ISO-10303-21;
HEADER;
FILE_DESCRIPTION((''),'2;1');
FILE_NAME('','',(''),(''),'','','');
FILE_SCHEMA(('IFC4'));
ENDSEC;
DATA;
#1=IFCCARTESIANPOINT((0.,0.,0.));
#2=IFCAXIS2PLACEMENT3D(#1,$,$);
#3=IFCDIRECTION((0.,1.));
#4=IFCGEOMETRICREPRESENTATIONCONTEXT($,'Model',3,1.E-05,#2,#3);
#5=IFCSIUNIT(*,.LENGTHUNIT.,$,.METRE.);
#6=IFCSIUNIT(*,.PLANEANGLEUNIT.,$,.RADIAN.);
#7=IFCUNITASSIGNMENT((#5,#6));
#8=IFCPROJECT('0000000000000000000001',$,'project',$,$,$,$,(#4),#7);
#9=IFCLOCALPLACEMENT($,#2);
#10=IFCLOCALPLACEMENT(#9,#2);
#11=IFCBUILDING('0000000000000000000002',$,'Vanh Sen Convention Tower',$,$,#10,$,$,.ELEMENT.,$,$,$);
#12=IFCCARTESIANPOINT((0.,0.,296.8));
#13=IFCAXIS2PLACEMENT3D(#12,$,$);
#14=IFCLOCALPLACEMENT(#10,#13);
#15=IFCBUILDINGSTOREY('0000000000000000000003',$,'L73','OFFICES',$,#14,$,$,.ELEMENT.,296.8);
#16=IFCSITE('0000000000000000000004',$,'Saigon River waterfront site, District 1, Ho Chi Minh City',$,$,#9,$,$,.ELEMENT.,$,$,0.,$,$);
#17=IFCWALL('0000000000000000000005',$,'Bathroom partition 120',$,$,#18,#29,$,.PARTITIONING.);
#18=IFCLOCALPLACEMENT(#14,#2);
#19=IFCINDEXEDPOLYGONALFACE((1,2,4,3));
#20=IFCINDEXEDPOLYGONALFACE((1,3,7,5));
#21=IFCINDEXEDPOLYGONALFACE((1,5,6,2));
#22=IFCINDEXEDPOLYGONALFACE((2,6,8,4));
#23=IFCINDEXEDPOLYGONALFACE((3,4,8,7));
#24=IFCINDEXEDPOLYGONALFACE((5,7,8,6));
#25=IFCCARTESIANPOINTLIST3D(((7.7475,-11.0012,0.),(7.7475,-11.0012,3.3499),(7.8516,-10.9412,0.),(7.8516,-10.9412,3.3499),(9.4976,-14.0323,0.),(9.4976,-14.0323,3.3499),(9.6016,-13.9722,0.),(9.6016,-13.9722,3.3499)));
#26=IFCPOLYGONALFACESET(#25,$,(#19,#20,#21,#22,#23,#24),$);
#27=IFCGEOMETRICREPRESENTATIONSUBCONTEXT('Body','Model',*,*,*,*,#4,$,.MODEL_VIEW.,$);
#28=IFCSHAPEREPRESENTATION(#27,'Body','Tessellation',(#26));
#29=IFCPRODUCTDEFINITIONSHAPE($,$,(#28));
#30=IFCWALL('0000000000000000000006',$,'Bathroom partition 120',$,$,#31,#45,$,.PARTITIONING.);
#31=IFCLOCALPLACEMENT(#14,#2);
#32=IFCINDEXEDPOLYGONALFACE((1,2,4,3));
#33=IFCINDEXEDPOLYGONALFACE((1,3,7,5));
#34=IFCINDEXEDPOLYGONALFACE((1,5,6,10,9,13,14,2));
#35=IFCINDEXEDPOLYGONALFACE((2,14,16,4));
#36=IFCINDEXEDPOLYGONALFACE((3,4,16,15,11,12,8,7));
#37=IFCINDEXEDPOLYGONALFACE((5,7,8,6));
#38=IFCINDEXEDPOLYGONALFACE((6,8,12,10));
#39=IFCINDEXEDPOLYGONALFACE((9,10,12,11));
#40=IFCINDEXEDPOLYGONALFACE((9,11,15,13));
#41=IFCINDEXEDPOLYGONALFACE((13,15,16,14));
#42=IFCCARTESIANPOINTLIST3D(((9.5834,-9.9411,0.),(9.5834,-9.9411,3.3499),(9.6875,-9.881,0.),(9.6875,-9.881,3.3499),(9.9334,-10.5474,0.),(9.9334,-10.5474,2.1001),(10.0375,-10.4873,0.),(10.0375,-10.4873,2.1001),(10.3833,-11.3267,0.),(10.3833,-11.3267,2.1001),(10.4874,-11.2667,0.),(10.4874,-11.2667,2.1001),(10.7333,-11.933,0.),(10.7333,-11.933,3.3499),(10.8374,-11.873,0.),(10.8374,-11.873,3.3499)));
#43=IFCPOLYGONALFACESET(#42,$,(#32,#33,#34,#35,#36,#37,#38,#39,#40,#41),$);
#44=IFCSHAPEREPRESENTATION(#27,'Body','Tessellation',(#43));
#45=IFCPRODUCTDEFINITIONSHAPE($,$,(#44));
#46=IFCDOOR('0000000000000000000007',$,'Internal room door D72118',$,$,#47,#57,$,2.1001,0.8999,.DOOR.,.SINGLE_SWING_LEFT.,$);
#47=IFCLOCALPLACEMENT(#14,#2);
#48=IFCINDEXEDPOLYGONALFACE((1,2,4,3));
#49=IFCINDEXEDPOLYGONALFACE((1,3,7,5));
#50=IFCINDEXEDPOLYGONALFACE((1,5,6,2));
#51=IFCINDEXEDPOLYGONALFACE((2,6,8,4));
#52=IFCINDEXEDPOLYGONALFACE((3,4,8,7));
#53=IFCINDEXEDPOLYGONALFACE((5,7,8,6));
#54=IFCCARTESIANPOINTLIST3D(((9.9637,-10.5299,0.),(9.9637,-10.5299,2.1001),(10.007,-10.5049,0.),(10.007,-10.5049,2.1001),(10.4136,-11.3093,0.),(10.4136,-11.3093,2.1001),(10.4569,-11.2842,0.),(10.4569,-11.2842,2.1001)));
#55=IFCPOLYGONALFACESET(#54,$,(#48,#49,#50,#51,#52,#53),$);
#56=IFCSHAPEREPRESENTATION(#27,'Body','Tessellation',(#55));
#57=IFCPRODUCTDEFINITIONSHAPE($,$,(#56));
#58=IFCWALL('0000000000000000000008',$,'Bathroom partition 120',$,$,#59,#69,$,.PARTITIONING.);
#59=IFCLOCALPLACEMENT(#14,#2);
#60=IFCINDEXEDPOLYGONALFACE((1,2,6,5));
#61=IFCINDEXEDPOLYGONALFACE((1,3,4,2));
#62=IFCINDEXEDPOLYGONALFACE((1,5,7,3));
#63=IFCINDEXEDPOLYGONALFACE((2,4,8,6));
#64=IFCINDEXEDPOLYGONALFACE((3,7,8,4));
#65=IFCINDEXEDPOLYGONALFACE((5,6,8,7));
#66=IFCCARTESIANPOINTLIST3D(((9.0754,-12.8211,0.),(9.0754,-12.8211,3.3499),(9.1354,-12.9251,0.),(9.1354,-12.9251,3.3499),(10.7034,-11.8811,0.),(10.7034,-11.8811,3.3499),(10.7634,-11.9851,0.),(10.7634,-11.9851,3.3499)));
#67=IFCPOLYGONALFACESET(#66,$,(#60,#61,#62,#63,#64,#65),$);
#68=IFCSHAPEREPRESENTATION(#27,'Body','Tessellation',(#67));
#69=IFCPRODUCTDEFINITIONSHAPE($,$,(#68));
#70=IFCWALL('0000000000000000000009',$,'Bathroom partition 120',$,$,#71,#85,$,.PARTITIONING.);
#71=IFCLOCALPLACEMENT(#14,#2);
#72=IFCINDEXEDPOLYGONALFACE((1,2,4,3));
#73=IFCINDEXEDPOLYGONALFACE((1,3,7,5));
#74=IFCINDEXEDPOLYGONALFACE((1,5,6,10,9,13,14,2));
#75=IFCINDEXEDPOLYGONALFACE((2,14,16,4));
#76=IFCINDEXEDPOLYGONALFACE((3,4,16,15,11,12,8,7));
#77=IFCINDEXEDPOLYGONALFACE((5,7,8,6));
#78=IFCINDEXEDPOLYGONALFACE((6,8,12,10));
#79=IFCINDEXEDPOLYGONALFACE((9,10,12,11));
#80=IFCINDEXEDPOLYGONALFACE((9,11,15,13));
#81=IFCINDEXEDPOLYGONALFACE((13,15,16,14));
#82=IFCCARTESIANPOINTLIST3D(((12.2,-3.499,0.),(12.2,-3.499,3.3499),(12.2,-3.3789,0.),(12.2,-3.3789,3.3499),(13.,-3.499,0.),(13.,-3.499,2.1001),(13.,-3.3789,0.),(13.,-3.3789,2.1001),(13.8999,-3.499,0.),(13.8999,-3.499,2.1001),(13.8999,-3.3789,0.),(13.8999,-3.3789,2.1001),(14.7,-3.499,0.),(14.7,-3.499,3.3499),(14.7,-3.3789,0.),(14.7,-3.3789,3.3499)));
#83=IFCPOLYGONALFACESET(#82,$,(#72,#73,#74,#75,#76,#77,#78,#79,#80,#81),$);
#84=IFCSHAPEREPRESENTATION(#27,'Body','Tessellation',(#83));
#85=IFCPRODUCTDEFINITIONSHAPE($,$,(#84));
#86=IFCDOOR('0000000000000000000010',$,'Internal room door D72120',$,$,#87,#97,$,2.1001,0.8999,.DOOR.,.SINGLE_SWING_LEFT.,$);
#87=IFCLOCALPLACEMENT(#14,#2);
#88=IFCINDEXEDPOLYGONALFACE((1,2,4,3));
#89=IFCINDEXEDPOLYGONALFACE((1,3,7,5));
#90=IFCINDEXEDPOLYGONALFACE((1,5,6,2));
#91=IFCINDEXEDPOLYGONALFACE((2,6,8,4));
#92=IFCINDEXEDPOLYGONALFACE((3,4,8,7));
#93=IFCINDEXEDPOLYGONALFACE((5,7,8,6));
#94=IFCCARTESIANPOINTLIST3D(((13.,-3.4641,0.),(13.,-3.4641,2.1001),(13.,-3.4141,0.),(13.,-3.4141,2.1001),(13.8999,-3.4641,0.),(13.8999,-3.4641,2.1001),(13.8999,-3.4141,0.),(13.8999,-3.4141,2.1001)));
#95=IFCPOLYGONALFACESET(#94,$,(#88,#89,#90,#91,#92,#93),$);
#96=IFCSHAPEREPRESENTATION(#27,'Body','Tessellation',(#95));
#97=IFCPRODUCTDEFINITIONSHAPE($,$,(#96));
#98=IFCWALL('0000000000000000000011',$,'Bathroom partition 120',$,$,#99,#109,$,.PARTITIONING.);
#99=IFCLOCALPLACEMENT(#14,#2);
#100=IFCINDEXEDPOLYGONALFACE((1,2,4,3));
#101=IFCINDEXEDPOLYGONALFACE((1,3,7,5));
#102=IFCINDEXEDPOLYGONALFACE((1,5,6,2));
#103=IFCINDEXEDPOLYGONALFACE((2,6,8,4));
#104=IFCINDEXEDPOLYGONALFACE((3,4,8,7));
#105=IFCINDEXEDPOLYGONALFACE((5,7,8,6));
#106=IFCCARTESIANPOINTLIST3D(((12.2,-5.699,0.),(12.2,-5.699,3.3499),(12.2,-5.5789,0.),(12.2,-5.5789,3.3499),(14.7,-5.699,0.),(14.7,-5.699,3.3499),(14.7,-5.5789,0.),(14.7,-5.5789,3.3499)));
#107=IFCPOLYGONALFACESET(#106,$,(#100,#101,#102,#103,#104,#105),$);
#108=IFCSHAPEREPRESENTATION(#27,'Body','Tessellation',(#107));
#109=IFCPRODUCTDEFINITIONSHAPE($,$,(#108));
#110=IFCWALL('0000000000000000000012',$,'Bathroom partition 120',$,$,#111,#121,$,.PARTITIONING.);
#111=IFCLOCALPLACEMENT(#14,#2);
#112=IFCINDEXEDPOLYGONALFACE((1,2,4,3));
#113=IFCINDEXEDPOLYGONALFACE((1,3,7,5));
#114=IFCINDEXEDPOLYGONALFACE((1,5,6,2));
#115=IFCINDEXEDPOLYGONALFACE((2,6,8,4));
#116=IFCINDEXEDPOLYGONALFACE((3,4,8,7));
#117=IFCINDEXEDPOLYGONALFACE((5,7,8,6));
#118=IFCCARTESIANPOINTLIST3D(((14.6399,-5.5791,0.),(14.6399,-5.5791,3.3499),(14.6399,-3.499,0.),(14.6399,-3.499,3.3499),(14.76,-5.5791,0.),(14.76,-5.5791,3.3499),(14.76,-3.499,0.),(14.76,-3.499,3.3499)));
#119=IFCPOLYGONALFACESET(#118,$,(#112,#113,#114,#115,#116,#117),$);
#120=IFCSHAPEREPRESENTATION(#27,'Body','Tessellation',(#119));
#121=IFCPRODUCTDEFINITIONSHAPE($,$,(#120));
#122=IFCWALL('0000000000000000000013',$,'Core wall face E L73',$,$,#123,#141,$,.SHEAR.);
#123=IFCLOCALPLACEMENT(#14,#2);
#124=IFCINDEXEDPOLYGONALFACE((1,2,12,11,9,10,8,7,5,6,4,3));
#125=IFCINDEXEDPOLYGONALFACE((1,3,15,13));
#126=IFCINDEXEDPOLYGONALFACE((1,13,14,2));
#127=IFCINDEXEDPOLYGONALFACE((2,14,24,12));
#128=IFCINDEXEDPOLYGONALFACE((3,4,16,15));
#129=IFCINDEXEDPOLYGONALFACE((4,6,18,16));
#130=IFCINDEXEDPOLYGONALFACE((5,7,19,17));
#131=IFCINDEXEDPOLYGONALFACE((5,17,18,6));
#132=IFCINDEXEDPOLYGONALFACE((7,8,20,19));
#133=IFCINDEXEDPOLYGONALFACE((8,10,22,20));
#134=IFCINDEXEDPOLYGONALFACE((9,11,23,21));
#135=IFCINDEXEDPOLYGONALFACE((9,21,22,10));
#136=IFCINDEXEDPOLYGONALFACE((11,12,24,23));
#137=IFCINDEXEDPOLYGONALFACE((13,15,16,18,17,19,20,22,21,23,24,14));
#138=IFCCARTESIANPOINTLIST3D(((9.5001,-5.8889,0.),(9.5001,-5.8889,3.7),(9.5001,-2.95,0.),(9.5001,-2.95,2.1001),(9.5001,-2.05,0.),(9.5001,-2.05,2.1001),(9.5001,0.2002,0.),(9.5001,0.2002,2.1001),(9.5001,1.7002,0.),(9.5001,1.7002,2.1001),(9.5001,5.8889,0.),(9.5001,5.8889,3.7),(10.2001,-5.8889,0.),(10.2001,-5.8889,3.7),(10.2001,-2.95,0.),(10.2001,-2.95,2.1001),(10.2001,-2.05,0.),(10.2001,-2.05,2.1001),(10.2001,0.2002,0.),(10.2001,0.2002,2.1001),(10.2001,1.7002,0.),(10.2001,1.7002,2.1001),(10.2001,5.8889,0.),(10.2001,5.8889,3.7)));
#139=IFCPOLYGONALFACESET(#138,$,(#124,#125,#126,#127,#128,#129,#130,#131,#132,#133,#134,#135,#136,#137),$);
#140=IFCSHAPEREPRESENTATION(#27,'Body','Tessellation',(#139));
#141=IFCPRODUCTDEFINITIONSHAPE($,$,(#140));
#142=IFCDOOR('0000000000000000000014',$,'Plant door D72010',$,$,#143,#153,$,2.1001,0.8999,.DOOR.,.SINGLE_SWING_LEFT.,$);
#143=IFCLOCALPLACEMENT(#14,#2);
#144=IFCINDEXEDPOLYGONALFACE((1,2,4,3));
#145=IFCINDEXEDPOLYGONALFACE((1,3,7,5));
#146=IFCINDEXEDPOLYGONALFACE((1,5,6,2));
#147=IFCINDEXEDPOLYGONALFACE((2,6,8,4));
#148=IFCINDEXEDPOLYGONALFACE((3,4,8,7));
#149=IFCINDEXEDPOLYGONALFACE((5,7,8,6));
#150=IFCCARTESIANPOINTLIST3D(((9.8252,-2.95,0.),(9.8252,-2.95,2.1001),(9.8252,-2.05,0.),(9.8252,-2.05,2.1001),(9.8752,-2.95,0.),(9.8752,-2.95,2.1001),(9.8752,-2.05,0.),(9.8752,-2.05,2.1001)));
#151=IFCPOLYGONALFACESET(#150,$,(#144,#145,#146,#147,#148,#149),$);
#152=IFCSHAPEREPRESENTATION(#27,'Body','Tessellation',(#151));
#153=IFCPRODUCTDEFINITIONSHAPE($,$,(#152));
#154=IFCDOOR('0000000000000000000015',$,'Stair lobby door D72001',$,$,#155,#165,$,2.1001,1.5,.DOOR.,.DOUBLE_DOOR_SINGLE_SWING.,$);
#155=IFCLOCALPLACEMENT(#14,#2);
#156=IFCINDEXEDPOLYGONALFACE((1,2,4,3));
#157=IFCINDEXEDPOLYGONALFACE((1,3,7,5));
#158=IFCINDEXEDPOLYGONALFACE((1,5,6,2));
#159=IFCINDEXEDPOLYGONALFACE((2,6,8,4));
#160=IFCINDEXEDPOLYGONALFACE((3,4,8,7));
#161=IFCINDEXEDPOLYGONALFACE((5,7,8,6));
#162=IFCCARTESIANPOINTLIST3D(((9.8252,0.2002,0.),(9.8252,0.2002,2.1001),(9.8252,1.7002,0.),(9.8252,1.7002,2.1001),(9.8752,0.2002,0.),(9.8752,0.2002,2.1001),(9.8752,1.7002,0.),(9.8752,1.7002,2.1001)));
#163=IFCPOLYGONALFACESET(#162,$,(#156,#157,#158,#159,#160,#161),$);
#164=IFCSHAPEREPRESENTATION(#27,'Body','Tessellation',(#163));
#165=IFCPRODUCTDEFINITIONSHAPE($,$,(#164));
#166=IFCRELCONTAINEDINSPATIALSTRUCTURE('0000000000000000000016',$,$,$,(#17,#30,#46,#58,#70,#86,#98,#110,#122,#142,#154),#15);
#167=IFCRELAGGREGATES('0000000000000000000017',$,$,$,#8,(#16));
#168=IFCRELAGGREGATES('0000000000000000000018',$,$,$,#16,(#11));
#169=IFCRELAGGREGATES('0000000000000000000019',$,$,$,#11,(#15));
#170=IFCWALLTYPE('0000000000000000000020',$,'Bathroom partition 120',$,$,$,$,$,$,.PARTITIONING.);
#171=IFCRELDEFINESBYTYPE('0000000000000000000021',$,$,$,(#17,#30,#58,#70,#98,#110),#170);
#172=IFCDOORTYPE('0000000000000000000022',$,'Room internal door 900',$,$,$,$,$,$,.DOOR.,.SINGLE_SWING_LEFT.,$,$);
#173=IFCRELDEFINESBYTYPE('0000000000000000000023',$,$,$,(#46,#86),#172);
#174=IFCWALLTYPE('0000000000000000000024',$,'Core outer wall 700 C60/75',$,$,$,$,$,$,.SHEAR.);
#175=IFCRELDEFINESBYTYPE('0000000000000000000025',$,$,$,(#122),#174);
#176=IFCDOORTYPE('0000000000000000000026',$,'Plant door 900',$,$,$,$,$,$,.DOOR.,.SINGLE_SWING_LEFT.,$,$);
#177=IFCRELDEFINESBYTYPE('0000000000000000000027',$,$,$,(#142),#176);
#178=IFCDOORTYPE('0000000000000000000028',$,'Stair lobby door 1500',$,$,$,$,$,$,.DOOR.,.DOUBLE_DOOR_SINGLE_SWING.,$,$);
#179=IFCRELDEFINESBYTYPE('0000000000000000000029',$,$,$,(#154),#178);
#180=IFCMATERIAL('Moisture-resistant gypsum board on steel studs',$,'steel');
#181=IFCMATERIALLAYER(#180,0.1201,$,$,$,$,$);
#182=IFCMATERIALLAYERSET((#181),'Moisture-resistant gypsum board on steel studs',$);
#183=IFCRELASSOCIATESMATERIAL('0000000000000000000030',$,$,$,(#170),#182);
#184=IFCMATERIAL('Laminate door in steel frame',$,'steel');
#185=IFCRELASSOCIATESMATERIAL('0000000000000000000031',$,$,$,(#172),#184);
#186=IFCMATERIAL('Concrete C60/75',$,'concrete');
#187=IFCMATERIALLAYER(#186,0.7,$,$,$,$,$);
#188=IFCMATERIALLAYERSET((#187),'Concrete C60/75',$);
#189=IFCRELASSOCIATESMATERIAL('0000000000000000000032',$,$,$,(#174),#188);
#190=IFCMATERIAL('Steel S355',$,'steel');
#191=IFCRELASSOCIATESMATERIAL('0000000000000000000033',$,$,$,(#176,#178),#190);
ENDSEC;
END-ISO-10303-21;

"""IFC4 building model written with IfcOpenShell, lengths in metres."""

from ifc_helpers import new_model, si_unit, direction, frame, frame_2d, origin, place, context, subcontext, project, spatial, rectangle, extrude, material, layer, layer_set, type_object, element, fill, save


model = new_model("IFC4")

# Units and contexts
model_context = context("Model", 3, precision=1e-05, world=origin(), true_north=direction((0.0, 1.0)))
body_context = subcontext(model_context, "Body", "Model", "MODEL_VIEW")
ifc_project = project(units=[si_unit("LENGTHUNIT", "METRE"), si_unit("PLANEANGLEUNIT", "RADIAN")], contexts=[model_context])

# Site, building, storey
site_placement = place(None, origin())
site = spatial("IfcSite", under=ifc_project, at=site_placement, Name="Saigon River waterfront site, District 1, Ho Chi Minh City", CompositionType="ELEMENT", RefElevation=0.0)
building_placement = place(site_placement, origin())
building = spatial("IfcBuilding", under=site, at=building_placement, Name="Vanh Sen Convention Tower", CompositionType="ELEMENT")
storey_placement = place(building_placement, frame((0.0, 0.0, 296.8)))
storey = spatial("IfcBuildingStorey", under=building, at=storey_placement, Name="L73", Description="OFFICES", CompositionType="ELEMENT", Elevation=296.8)

# Wall
ifc_material_1 = material(Name="Moisture-resistant gypsum board on steel studs", Category="steel")
ifc_layer_1 = layer(ifc_material_1, 0.1201)
ifc_layer_set_1 = layer_set([ifc_layer_1], Name="Moisture-resistant gypsum board on steel studs")
wall_type_1 = type_object("IfcWallType", Name="Bathroom partition 120", PredefinedType="PARTITIONING", material=ifc_layer_set_1)
wall_1_placement = place(storey_placement, frame((7.7996, -10.9712, 0.0), z_axis=(0.0, 0.0, 1.0), x_axis=(0.50001, -0.866019, 0.0)))
element("IfcWall", 1, at=wall_1_placement, inside=storey, type_object=wall_type_1, Name="Bathroom partition 120", PredefinedType="PARTITIONING", context=body_context, shape_type="SweptSolid", body=[
    extrude(rectangle(XDim=3.5, YDim=0.1201, at=frame_2d((1.75, 0.0))), origin(), (0.0, 0.0, 1.0), 3.3499),
])

# Wall, opening, door
wall_2_placement = place(storey_placement, frame((9.6355, -9.9111, 0.0), z_axis=(0.0, 0.0, 1.0), x_axis=(0.499952, -0.866053, 0.0)))
wall_2 = element("IfcWall", 2, at=wall_2_placement, inside=storey, type_object=wall_type_1, Name="Bathroom partition 120", PredefinedType="PARTITIONING", context=body_context, shape_type="SweptSolid", body=[
    extrude(rectangle(XDim=2.3, YDim=0.1201, at=frame_2d((1.1499, 0.0))), origin(), (0.0, 0.0, 1.0), 3.3499),
])
opening_1_placement = place(wall_2_placement, frame((0.7, 0.0, 0.0)))
opening_1 = element("IfcOpeningElement", 3, at=opening_1_placement, cuts=wall_2, PredefinedType="OPENING", context=body_context, shape_type="SweptSolid", body=[
    extrude(rectangle(XDim=0.8999, YDim=2.1001, at=frame_2d((0.45, 1.05))), frame((0.0, 0.0701, 0.0), z_axis=(0.0, -1.0, 0.0), x_axis=(1.0, 0.0, 0.0)), (0.0, 0.0, 1.0), 0.1401),
])
ifc_material_2 = material(Name="Laminate door in steel frame", Category="steel")
door_type_1 = type_object("IfcDoorType", Name="Room internal door 900", OperationType="SINGLE_SWING_LEFT", PredefinedType="DOOR", material=ifc_material_2)
door_1_placement = place(opening_1_placement, origin())
door_1 = element("IfcDoor", 4, at=door_1_placement, inside=storey, type_object=door_type_1, Name="Internal room door D72118", OperationType="SINGLE_SWING_LEFT", OverallHeight=2.1001, OverallWidth=0.8999, PredefinedType="DOOR", context=body_context, shape_type="SweptSolid", body=[
    extrude(rectangle(XDim=0.8999, YDim=2.1001, at=frame_2d((0.45, 1.05))), frame((0.0, 0.0249, 0.0), z_axis=(0.0, -1.0, 0.0), x_axis=(1.0, 0.0, 0.0)), (0.0, 0.0, 1.0), 0.05),
])
fill(opening_1, door_1)

# Wall
wall_3_placement = place(storey_placement, frame((10.7334, -11.9331, 0.0), z_axis=(0.0, 0.0, 1.0), x_axis=(-0.866013, -0.500022, 0.0)))
element("IfcWall", 5, at=wall_3_placement, inside=storey, type_object=wall_type_1, Name="Bathroom partition 120", PredefinedType="PARTITIONING", context=body_context, shape_type="SweptSolid", body=[
    extrude(rectangle(XDim=1.8799, YDim=0.1201, at=frame_2d((0.9399, 0.0))), origin(), (0.0, 0.0, 1.0), 3.3499),
])

# Wall, opening, door
wall_4_placement = place(storey_placement, frame((12.2, -3.439, 0.0), z_axis=(0.0, 0.0, 1.0), x_axis=(1.0, 0.0, 0.0)))
wall_4 = element("IfcWall", 6, at=wall_4_placement, inside=storey, type_object=wall_type_1, Name="Bathroom partition 120", PredefinedType="PARTITIONING", context=body_context, shape_type="SweptSolid", body=[
    extrude(rectangle(XDim=2.5, YDim=0.1201, at=frame_2d((1.25, 0.0))), origin(), (0.0, 0.0, 1.0), 3.3499),
])
opening_2_placement = place(wall_4_placement, frame((0.8, 0.0, 0.0)))
opening_2 = element("IfcOpeningElement", 7, at=opening_2_placement, cuts=wall_4, PredefinedType="OPENING", context=body_context, shape_type="SweptSolid", body=[
    extrude(rectangle(XDim=0.8999, YDim=2.1001, at=frame_2d((0.45, 1.05))), frame((0.0, 0.0701, 0.0), z_axis=(0.0, -1.0, 0.0), x_axis=(1.0, 0.0, 0.0)), (0.0, 0.0, 1.0), 0.1401),
])
door_2_placement = place(opening_2_placement, origin())
door_2 = element("IfcDoor", 8, at=door_2_placement, inside=storey, type_object=door_type_1, Name="Internal room door D72120", OperationType="SINGLE_SWING_LEFT", OverallHeight=2.1001, OverallWidth=0.8999, PredefinedType="DOOR", context=body_context, shape_type="SweptSolid", body=[
    extrude(rectangle(XDim=0.8999, YDim=2.1001, at=frame_2d((0.45, 1.05))), frame((0.0, 0.0249, 0.0), z_axis=(0.0, -1.0, 0.0), x_axis=(1.0, 0.0, 0.0)), (0.0, 0.0, 1.0), 0.05),
])
fill(opening_2, door_2)

# Walls
wall_5_placement = place(storey_placement, frame((14.7, -5.6389, 0.0), z_axis=(0.0, 0.0, 1.0), x_axis=(-1.0, 0.0, 0.0)))
element("IfcWall", 9, at=wall_5_placement, inside=storey, type_object=wall_type_1, Name="Bathroom partition 120", PredefinedType="PARTITIONING", context=body_context, shape_type="SweptSolid", body=[
    extrude(rectangle(XDim=2.5, YDim=0.1201, at=frame_2d((1.25, 0.0))), origin(), (0.0, 0.0, 1.0), 3.3499),
])
wall_6_placement = place(storey_placement, frame((14.7, -3.499, 0.0), z_axis=(0.0, 0.0, 1.0), x_axis=(0.0, -1.0, 0.0)))
element("IfcWall", 10, at=wall_6_placement, inside=storey, type_object=wall_type_1, Name="Bathroom partition 120", PredefinedType="PARTITIONING", context=body_context, shape_type="SweptSolid", body=[
    extrude(rectangle(XDim=2.0801, YDim=0.1201, at=frame_2d((1.04, 0.0))), origin(), (0.0, 0.0, 1.0), 3.3499),
])

# Wall, openings, doors
ifc_material_3 = material(Name="Concrete C60/75", Category="concrete")
ifc_layer_2 = layer(ifc_material_3, 0.7)
ifc_layer_set_2 = layer_set([ifc_layer_2], Name="Concrete C60/75")
wall_type_2 = type_object("IfcWallType", Name="Core outer wall 700 C60/75", PredefinedType="SHEAR", material=ifc_layer_set_2)
wall_7_placement = place(storey_placement, frame((9.8501, -5.8889, 0.0), z_axis=(0.0, 0.0, 1.0), x_axis=(0.0, 1.0, 0.0)))
wall_7 = element("IfcWall", 11, at=wall_7_placement, inside=storey, type_object=wall_type_2, Name="Core wall face E L73", PredefinedType="SHEAR", context=body_context, shape_type="SweptSolid", body=[
    extrude(rectangle(XDim=11.7778, YDim=0.7, at=frame_2d((5.8889, 0.0))), origin(), (0.0, 0.0, 1.0), 3.7),
])
opening_3_placement = place(wall_7_placement, frame((6.0891, 0.0, 0.0)))
opening_3 = element("IfcOpeningElement", 12, at=opening_3_placement, cuts=wall_7, PredefinedType="OPENING", context=body_context, shape_type="SweptSolid", body=[
    extrude(rectangle(XDim=1.5, YDim=2.1001, at=frame_2d((0.75, 1.05))), frame((0.0, 0.3599, 0.0), z_axis=(0.0, -1.0, 0.0), x_axis=(1.0, 0.0, 0.0)), (0.0, 0.0, 1.0), 0.72),
])
opening_4_placement = place(wall_7_placement, frame((2.939, 0.0, 0.0)))
opening_4 = element("IfcOpeningElement", 13, at=opening_4_placement, cuts=wall_7, PredefinedType="OPENING", context=body_context, shape_type="SweptSolid", body=[
    extrude(rectangle(XDim=0.8999, YDim=2.1001, at=frame_2d((0.45, 1.05))), frame((0.0, 0.3599, 0.0), z_axis=(0.0, -1.0, 0.0), x_axis=(1.0, 0.0, 0.0)), (0.0, 0.0, 1.0), 0.72),
])
ifc_material_4 = material(Name="Steel S355", Category="steel")
door_type_2 = type_object("IfcDoorType", Name="Plant door 900", OperationType="SINGLE_SWING_LEFT", PredefinedType="DOOR", material=ifc_material_4)
door_3_placement = place(opening_4_placement, origin())
door_3 = element("IfcDoor", 14, at=door_3_placement, inside=storey, type_object=door_type_2, Name="Plant door D72010", OperationType="SINGLE_SWING_LEFT", OverallHeight=2.1001, OverallWidth=0.8999, PredefinedType="DOOR", context=body_context, shape_type="SweptSolid", body=[
    extrude(rectangle(XDim=0.8999, YDim=2.1001, at=frame_2d((0.45, 1.05))), frame((0.0, 0.0249, 0.0), z_axis=(0.0, -1.0, 0.0), x_axis=(1.0, 0.0, 0.0)), (0.0, 0.0, 1.0), 0.05),
])
fill(opening_4, door_3)
door_type_3 = type_object("IfcDoorType", Name="Stair lobby door 1500", OperationType="DOUBLE_DOOR_SINGLE_SWING", PredefinedType="DOOR", material=ifc_material_4)
door_4_placement = place(opening_3_placement, origin())
door_4 = element("IfcDoor", 15, at=door_4_placement, inside=storey, type_object=door_type_3, Name="Stair lobby door D72001", OperationType="DOUBLE_DOOR_SINGLE_SWING", OverallHeight=2.1001, OverallWidth=1.5, PredefinedType="DOOR", context=body_context, shape_type="SweptSolid", body=[
    extrude(rectangle(XDim=1.5, YDim=2.1001, at=frame_2d((0.75, 1.05))), frame((0.0, 0.0249, 0.0), z_axis=(0.0, -1.0, 0.0), x_axis=(1.0, 0.0, 0.0)), (0.0, 0.0, 1.0), 0.05),
])
fill(opening_3, door_4)

save(model, "model.ifc")
